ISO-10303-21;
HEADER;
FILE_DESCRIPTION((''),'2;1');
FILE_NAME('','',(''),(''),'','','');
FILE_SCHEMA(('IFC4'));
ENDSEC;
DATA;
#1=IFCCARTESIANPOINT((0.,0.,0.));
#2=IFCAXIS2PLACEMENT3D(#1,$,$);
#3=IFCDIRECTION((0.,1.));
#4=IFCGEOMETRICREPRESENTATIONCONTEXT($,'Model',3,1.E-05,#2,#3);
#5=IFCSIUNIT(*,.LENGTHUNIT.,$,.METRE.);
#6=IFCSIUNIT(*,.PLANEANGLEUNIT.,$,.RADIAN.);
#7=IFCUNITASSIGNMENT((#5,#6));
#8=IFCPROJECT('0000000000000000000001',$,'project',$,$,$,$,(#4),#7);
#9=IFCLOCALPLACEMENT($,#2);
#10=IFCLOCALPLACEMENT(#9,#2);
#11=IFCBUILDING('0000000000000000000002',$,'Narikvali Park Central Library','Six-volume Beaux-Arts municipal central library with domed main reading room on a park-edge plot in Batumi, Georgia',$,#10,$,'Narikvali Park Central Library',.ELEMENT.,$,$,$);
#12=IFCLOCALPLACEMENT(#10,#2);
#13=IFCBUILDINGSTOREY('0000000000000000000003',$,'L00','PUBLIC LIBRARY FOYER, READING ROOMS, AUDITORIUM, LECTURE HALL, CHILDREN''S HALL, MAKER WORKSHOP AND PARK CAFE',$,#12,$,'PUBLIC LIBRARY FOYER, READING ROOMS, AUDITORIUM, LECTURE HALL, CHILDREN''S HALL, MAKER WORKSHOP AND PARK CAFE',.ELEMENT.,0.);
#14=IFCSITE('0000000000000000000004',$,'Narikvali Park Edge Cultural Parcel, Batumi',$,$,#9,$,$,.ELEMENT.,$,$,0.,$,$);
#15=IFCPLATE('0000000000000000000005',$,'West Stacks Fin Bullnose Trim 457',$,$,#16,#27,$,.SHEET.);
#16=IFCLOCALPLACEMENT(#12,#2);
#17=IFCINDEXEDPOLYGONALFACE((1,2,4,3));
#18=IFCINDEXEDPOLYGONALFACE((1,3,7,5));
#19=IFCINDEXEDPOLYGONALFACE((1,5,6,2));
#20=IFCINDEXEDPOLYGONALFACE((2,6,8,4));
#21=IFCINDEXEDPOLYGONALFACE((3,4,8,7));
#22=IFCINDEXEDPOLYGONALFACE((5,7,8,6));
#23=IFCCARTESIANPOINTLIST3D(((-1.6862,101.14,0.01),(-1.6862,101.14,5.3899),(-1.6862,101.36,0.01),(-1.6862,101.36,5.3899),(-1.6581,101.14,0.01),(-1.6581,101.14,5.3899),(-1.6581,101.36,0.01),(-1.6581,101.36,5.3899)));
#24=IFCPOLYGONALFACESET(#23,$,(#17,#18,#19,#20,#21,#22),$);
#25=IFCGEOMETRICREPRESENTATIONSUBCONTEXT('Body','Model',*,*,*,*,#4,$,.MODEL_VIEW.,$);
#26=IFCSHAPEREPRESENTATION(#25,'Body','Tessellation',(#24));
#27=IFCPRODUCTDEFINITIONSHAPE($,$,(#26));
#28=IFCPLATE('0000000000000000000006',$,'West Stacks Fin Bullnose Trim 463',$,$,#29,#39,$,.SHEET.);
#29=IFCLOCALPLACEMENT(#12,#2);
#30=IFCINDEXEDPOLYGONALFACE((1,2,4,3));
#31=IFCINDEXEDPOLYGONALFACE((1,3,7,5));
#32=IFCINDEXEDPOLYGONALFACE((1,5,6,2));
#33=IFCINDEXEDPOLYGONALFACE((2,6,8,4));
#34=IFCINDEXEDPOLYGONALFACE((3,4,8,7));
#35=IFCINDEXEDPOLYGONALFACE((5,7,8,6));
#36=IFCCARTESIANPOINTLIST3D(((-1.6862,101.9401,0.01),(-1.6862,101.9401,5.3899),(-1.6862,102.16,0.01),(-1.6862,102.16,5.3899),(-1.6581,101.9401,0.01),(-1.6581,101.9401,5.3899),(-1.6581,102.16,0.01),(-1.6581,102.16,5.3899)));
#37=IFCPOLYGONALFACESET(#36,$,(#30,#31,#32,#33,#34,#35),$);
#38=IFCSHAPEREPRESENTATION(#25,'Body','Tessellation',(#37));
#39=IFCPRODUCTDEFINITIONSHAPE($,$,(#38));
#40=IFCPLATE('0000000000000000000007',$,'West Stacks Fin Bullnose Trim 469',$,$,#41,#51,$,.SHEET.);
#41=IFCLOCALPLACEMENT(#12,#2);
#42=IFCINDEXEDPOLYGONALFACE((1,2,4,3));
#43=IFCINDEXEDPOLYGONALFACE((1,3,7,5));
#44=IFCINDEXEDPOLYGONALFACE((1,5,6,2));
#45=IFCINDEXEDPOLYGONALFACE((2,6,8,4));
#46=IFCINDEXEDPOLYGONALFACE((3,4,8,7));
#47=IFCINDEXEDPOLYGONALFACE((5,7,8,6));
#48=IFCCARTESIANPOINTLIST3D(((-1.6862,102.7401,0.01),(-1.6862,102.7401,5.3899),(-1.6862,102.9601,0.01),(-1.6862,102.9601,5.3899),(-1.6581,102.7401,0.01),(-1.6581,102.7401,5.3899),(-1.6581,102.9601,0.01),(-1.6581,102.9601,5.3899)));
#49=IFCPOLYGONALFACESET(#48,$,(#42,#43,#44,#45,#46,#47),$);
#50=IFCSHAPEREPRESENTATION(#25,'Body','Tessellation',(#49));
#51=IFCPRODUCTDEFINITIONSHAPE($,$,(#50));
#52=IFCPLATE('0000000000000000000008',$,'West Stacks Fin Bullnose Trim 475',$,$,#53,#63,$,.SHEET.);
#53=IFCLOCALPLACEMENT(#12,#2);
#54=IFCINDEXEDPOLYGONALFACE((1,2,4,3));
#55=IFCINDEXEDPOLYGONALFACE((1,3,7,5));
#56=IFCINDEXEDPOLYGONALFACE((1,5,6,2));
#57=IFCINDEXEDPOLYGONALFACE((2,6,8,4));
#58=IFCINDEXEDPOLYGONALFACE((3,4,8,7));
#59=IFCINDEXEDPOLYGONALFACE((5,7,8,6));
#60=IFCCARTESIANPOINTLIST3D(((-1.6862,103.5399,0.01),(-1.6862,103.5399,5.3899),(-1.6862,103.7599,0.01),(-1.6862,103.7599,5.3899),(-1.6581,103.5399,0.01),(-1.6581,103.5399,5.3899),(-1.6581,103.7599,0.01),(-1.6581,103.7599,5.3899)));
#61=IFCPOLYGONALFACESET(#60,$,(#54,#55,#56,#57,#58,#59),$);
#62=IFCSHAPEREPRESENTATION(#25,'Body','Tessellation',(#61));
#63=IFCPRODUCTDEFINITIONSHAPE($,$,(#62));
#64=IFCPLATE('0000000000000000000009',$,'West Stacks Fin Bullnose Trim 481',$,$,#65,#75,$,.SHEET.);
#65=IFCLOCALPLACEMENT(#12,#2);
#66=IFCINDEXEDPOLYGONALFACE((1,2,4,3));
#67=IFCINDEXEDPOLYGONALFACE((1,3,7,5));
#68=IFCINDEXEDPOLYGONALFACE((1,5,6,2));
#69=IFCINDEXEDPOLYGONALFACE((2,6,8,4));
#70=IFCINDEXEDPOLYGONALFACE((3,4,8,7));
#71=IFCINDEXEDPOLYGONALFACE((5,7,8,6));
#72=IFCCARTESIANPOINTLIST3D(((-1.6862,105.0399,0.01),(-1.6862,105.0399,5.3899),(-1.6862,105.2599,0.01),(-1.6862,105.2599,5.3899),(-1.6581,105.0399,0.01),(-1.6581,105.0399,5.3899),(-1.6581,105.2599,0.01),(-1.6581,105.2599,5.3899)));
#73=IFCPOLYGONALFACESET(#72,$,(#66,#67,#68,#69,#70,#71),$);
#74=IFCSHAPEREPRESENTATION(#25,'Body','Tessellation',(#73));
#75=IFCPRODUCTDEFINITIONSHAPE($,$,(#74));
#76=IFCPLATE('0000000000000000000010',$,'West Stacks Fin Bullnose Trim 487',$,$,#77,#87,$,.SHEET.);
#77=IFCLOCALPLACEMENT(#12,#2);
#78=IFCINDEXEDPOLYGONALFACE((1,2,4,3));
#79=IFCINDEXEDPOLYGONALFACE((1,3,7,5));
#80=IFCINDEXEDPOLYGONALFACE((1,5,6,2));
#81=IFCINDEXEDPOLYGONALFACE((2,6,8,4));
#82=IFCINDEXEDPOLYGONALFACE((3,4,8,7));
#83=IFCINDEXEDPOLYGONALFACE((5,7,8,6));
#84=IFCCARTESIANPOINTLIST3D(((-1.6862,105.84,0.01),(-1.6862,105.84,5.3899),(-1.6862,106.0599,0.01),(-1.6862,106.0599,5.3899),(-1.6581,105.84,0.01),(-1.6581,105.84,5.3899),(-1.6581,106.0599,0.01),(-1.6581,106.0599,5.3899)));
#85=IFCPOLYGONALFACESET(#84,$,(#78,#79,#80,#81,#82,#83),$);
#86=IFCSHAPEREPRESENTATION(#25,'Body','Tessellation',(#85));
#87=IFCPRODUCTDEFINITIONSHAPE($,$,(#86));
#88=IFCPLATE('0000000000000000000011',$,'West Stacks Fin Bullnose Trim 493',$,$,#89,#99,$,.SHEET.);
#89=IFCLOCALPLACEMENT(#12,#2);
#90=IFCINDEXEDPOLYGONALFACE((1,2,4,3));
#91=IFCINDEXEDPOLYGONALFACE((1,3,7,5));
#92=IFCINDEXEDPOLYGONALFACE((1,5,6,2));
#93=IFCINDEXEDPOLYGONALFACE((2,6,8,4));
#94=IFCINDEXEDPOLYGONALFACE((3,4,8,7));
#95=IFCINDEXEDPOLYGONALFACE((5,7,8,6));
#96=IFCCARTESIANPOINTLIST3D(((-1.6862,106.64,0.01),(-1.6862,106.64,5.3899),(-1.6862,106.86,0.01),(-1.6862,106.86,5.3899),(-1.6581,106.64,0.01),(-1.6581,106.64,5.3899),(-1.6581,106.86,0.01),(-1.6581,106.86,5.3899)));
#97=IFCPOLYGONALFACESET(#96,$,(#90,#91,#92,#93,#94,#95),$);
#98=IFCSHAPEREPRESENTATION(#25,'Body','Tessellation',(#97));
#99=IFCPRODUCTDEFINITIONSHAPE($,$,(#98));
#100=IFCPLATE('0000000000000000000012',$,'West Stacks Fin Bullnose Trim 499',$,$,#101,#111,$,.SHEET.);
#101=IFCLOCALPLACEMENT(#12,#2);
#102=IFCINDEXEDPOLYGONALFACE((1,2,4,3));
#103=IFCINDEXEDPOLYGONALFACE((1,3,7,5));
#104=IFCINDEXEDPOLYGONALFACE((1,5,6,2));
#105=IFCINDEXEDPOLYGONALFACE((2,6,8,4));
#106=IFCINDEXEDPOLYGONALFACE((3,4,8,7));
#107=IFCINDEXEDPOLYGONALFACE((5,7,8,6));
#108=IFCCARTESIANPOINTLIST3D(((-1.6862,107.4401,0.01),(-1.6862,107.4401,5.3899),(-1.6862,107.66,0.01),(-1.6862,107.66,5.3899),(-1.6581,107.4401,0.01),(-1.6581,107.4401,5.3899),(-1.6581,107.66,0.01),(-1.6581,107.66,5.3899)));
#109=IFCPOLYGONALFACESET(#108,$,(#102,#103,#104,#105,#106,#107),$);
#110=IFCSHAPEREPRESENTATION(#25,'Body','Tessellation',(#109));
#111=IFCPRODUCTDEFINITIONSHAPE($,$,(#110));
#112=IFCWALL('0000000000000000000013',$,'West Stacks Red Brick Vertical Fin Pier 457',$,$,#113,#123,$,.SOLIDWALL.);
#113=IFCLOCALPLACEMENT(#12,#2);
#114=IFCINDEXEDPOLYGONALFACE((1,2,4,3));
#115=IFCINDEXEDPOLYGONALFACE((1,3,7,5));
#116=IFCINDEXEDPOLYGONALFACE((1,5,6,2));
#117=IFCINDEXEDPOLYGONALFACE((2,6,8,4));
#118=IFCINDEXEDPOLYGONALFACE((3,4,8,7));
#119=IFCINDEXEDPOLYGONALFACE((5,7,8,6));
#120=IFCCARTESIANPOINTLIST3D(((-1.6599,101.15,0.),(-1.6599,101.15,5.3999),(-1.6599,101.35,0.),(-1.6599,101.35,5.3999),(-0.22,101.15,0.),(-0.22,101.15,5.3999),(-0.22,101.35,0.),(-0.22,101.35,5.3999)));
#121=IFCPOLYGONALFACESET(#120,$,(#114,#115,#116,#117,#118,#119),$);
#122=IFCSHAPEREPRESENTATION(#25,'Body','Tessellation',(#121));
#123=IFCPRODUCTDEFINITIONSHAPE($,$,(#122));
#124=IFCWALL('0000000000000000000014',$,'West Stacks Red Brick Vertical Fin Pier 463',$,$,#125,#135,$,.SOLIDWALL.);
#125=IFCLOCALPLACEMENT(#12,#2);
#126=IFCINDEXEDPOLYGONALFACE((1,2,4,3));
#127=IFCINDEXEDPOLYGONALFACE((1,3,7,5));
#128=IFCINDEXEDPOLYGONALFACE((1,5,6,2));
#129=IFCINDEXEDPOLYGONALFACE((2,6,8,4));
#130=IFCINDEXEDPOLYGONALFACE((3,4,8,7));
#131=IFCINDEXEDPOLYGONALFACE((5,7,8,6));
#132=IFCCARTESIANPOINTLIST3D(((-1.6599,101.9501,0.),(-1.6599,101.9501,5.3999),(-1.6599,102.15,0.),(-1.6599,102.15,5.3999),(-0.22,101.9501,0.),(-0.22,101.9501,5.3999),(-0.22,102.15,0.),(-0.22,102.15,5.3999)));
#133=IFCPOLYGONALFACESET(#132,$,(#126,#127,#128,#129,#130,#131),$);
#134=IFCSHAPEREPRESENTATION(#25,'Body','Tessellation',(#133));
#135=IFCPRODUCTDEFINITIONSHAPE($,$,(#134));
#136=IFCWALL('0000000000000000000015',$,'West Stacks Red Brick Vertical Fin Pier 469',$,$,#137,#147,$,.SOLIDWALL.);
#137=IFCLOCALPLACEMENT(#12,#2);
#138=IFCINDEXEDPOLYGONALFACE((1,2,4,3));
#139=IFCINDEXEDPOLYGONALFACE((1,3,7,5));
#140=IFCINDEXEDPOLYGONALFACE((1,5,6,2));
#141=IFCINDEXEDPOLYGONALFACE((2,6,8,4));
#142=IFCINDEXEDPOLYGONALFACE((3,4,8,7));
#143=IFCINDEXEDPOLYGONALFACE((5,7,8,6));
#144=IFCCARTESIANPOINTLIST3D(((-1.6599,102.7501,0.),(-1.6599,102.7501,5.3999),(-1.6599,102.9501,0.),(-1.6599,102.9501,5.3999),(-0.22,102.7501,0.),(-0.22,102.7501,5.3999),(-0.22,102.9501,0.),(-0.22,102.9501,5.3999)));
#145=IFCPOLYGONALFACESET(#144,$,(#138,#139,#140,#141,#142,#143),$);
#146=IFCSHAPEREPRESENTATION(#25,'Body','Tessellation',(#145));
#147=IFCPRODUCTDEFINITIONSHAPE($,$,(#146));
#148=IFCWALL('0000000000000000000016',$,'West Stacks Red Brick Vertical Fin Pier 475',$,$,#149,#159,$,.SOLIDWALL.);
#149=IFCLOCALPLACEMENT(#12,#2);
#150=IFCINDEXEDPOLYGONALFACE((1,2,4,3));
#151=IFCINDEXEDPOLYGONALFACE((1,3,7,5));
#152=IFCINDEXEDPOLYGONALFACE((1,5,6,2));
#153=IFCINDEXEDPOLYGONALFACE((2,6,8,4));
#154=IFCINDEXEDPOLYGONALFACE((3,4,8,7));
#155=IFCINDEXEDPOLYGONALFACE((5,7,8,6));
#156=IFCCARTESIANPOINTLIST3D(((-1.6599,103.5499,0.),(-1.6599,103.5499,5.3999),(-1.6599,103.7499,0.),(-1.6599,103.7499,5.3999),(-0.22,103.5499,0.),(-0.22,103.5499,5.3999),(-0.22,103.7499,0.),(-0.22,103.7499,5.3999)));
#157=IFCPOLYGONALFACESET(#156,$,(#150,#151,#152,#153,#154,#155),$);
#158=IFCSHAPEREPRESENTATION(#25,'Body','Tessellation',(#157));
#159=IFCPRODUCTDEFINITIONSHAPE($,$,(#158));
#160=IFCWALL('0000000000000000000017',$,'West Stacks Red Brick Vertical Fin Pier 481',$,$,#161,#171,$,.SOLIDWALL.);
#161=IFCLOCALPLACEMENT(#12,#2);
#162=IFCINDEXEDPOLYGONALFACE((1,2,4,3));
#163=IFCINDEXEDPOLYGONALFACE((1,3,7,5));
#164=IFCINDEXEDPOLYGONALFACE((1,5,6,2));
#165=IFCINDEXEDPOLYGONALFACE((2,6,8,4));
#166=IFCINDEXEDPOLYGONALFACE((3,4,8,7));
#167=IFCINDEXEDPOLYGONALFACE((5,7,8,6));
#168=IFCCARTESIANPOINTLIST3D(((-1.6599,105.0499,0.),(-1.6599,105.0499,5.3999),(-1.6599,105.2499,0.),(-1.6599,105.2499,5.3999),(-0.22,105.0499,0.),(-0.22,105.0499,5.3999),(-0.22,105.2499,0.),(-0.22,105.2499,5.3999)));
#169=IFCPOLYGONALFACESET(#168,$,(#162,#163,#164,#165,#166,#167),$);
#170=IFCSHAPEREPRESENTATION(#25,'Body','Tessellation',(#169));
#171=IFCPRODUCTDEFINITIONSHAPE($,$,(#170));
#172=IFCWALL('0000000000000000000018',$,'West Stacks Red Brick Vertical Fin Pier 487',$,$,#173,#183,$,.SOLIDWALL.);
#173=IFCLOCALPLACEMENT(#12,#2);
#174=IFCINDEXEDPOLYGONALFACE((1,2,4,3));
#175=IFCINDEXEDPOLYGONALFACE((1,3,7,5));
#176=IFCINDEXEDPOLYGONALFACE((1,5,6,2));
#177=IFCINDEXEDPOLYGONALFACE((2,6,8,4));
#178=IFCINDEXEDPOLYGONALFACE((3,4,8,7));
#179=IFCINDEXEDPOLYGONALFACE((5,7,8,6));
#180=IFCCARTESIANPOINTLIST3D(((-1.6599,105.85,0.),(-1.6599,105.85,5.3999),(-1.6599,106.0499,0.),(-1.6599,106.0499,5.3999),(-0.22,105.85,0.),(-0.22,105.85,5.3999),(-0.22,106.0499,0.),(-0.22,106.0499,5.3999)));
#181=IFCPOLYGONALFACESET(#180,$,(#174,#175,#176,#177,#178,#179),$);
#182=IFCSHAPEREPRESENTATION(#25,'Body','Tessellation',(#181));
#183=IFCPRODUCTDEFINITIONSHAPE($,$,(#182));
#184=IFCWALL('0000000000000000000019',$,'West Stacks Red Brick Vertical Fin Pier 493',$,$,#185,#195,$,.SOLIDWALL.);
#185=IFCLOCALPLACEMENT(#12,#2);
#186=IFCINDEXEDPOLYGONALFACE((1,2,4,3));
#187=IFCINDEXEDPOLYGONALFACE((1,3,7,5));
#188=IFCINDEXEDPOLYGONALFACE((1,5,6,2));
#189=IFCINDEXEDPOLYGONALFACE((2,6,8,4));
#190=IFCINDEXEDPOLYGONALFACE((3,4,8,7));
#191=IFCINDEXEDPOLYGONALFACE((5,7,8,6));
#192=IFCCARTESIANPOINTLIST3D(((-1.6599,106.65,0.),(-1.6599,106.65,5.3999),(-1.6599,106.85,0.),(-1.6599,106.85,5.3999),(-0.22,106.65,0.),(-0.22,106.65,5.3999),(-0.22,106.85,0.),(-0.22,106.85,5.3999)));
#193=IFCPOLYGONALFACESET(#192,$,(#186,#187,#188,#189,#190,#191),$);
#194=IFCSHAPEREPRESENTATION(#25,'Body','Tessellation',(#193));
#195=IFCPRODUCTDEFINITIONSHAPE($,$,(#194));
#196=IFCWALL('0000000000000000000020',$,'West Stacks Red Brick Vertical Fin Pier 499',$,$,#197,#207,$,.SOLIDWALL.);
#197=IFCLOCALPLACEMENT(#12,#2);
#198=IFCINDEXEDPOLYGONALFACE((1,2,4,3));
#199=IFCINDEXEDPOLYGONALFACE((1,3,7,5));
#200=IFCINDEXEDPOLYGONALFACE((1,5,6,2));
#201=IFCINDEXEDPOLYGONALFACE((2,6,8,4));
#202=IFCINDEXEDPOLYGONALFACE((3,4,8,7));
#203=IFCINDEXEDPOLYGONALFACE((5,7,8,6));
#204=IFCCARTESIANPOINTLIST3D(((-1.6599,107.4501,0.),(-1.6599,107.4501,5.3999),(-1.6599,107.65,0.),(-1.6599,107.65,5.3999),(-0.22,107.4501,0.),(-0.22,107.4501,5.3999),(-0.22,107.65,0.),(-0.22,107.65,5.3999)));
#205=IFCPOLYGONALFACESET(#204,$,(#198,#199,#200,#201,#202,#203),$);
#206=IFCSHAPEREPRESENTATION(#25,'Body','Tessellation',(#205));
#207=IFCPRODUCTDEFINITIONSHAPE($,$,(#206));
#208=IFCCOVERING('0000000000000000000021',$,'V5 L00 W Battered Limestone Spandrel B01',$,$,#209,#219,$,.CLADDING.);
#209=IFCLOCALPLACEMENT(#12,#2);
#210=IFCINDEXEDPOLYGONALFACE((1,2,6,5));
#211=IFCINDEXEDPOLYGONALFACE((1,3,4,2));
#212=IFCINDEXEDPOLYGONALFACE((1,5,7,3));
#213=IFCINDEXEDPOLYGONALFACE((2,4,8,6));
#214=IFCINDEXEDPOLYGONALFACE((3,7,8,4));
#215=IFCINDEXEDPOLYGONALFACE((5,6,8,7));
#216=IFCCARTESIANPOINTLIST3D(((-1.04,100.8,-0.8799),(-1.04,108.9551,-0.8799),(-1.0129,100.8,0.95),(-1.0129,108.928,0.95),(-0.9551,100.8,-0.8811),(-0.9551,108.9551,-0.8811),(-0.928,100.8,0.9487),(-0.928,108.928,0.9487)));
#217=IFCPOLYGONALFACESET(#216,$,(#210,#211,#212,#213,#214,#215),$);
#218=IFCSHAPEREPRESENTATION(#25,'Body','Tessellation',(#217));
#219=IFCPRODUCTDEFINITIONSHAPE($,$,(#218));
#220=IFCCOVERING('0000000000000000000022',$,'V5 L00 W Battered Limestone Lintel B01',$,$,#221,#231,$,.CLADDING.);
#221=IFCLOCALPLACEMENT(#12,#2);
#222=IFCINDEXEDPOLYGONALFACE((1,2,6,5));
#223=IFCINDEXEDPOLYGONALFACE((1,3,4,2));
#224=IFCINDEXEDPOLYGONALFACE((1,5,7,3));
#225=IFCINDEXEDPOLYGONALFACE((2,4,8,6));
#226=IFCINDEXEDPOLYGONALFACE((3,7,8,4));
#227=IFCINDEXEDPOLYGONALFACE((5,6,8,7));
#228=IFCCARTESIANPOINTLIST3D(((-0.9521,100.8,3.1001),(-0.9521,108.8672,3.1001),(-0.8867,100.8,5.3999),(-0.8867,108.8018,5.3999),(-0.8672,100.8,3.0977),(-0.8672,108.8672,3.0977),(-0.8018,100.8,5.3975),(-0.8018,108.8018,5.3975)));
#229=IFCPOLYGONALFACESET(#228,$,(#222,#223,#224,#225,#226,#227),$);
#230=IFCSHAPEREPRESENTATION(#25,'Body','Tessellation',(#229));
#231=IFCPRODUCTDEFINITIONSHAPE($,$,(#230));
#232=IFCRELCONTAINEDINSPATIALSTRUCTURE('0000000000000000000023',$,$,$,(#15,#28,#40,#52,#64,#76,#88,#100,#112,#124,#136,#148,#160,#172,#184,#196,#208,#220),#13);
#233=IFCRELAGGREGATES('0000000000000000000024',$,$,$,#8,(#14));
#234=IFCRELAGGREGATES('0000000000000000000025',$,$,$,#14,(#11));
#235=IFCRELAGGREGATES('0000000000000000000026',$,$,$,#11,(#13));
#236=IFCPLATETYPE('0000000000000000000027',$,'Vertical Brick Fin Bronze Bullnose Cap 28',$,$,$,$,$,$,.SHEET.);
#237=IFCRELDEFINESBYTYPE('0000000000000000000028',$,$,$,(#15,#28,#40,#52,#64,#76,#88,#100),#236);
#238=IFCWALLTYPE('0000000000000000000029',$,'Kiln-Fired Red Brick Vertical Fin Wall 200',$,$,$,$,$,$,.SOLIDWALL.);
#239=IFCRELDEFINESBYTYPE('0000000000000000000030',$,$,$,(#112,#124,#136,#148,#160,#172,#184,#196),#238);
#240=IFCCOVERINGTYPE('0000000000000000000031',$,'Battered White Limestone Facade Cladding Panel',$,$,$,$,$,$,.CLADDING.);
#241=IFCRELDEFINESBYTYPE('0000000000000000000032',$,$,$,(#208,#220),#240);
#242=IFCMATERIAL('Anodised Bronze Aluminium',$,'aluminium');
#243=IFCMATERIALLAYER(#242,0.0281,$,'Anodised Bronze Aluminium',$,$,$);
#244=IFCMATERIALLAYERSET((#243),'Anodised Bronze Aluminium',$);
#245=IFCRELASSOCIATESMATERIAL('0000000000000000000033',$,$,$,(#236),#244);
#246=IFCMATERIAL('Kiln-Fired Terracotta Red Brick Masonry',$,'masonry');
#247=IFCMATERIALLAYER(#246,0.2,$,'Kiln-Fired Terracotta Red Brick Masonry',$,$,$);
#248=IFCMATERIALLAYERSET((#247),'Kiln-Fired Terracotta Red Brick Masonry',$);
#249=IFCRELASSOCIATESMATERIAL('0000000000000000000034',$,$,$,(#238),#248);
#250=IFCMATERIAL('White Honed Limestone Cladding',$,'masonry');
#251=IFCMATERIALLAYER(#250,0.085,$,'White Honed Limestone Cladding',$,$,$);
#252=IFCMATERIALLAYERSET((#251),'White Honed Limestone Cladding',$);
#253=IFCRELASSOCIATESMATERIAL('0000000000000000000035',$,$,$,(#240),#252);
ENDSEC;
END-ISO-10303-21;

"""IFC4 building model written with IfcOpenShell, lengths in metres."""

from ifc_helpers import new_model, si_unit, direction, frame, frame_2d, origin, origin_2d, place, context, subcontext, project, spatial, polyline, rectangle, outline, extrude, material, layer, layer_set, type_object, element, save


model = new_model("IFC4")

# Units and contexts
model_context = context("Model", 3, precision=1e-05, world=origin(), true_north=direction((0.0, 1.0)))
body_context = subcontext(model_context, "Body", "Model", "MODEL_VIEW")
ifc_project = project(units=[si_unit("LENGTHUNIT", "METRE"), si_unit("PLANEANGLEUNIT", "RADIAN")], contexts=[model_context])

# Site, building, storey
site_placement = place(None, origin())
site = spatial("IfcSite", under=ifc_project, at=site_placement, Name="Narikvali Park Edge Cultural Parcel, Batumi", CompositionType="ELEMENT", RefElevation=0.0)
building_placement = place(site_placement, origin())
building = spatial("IfcBuilding", under=site, at=building_placement, Name="Narikvali Park Central Library", Description="Six-volume Beaux-Arts municipal central library with domed main reading room on a park-edge plot in Batumi, Georgia", LongName="Narikvali Park Central Library", CompositionType="ELEMENT")
storey_placement = place(building_placement, origin())
storey = spatial("IfcBuildingStorey", under=building, at=storey_placement, Name="L00", Description="PUBLIC LIBRARY FOYER, READING ROOMS, AUDITORIUM, LECTURE HALL, CHILDREN'S HALL, MAKER WORKSHOP AND PARK CAFE", LongName="PUBLIC LIBRARY FOYER, READING ROOMS, AUDITORIUM, LECTURE HALL, CHILDREN'S HALL, MAKER WORKSHOP AND PARK CAFE", CompositionType="ELEMENT", Elevation=0.0)

# Plates
ifc_material_1 = material(Name="Anodised Bronze Aluminium", Category="aluminium")
ifc_layer_1 = layer(ifc_material_1, 0.0281, Name="Anodised Bronze Aluminium")
ifc_layer_set_1 = layer_set([ifc_layer_1], Name="Anodised Bronze Aluminium")
plate_type = type_object("IfcPlateType", Name="Vertical Brick Fin Bronze Bullnose Cap 28", PredefinedType="SHEET", material=ifc_layer_set_1)
for number, where, z_axis, x_axis, name in (
    (1, (-1.6721, 101.25, 0.01), (0.0, 0.0, 1.0), (1.0, 0.0, 0.0), "West Stacks Fin Bullnose Trim 457"),
    (2, (-1.6721, 102.05, 0.01), (0.0, 0.0, 1.0), (1.0, 0.0, 0.0), "West Stacks Fin Bullnose Trim 463"),
    (3, (-1.6721, 102.8501, 0.01), (0.0, 0.0, 1.0), (1.0, 0.0, 0.0), "West Stacks Fin Bullnose Trim 469"),
    (4, (-1.6721, 103.6499, 0.01), (0.0, 0.0, 1.0), (1.0, 0.0, 0.0), "West Stacks Fin Bullnose Trim 475"),
    (5, (-1.6721, 105.1499, 0.01), (0.0, 0.0, 1.0), (1.0, 0.0, 0.0), "West Stacks Fin Bullnose Trim 481"),
    (6, (-1.6721, 105.95, 0.01), (0.0, 0.0, 1.0), (1.0, 0.0, 0.0), "West Stacks Fin Bullnose Trim 487"),
    (7, (-1.6721, 106.75, 0.01), (0.0, 0.0, 1.0), (1.0, 0.0, 0.0), "West Stacks Fin Bullnose Trim 493"),
    (8, (-1.6721, 107.55, 0.01), (0.0, 0.0, 1.0), (1.0, 0.0, 0.0), "West Stacks Fin Bullnose Trim 499"),
):
    element("IfcPlate", number, at=place(storey_placement, frame(where, z_axis=z_axis, x_axis=x_axis)), inside=storey, type_object=plate_type, Name=name, PredefinedType="SHEET", context=body_context, shape_type="SweptSolid", body=[
        extrude(rectangle(XDim=0.0281, YDim=0.22, at=origin_2d()), origin(), (0.0, 0.0, 1.0), 5.3799),
    ])

# Walls
ifc_material_2 = material(Name="Kiln-Fired Terracotta Red Brick Masonry", Category="masonry")
ifc_layer_2 = layer(ifc_material_2, 0.2, Name="Kiln-Fired Terracotta Red Brick Masonry")
ifc_layer_set_2 = layer_set([ifc_layer_2], Name="Kiln-Fired Terracotta Red Brick Masonry")
wall_type = type_object("IfcWallType", Name="Kiln-Fired Red Brick Vertical Fin Wall 200", PredefinedType="SOLIDWALL", material=ifc_layer_set_2)
for number, where, z_axis, x_axis, name in (
    (9, (-1.6599, 101.25, 0.0), (0.0, 0.0, 1.0), (1.0, 0.0, 0.0), "West Stacks Red Brick Vertical Fin Pier 457"),
    (10, (-1.6599, 102.05, 0.0), (0.0, 0.0, 1.0), (1.0, 0.0, 0.0), "West Stacks Red Brick Vertical Fin Pier 463"),
    (11, (-1.6599, 102.8501, 0.0), (0.0, 0.0, 1.0), (1.0, 0.0, 0.0), "West Stacks Red Brick Vertical Fin Pier 469"),
    (12, (-1.6599, 103.6499, 0.0), (0.0, 0.0, 1.0), (1.0, 0.0, 0.0), "West Stacks Red Brick Vertical Fin Pier 475"),
    (13, (-1.6599, 105.1499, 0.0), (0.0, 0.0, 1.0), (1.0, 0.0, 0.0), "West Stacks Red Brick Vertical Fin Pier 481"),
    (14, (-1.6599, 105.95, 0.0), (0.0, 0.0, 1.0), (1.0, 0.0, 0.0), "West Stacks Red Brick Vertical Fin Pier 487"),
    (15, (-1.6599, 106.75, 0.0), (0.0, 0.0, 1.0), (1.0, 0.0, 0.0), "West Stacks Red Brick Vertical Fin Pier 493"),
    (16, (-1.6599, 107.55, 0.0), (0.0, 0.0, 1.0), (1.0, 0.0, 0.0), "West Stacks Red Brick Vertical Fin Pier 499"),
):
    element("IfcWall", number, at=place(storey_placement, frame(where, z_axis=z_axis, x_axis=x_axis)), inside=storey, type_object=wall_type, Name=name, PredefinedType="SOLIDWALL", context=body_context, shape_type="SweptSolid", body=[
        extrude(rectangle(XDim=1.4399, YDim=0.2, at=frame_2d((0.72, 0.0))), origin(), (0.0, 0.0, 1.0), 5.3999),
    ])

# Coverings
ifc_material_3 = material(Name="White Honed Limestone Cladding", Category="masonry")
ifc_layer_3 = layer(ifc_material_3, 0.085, Name="White Honed Limestone Cladding")
ifc_layer_set_3 = layer_set([ifc_layer_3], Name="White Honed Limestone Cladding")
covering_type = type_object("IfcCoveringType", Name="Battered White Limestone Facade Cladding Panel", PredefinedType="CLADDING", material=ifc_layer_set_3)
covering_1_placement = place(storey_placement, frame((-1.04, 108.9551, -0.8799), z_axis=(-0.99989, 0.0, 0.014808), x_axis=(0.0, -1.0, 0.0)))
element("IfcCovering", 17, at=covering_1_placement, inside=storey, type_object=covering_type, Name="V5 L00 W Battered Limestone Spandrel B01", PredefinedType="CLADDING", context=body_context, shape_type="SweptSolid", body=[
    extrude(outline(polyline([(0.0, 0.0), (8.155, 0.0), (8.155, 1.83), (0.0271, 1.83), (0.0, 0.0)])), origin(), (0.0, 0.0, -1.0), 0.085),
])
covering_2_placement = place(storey_placement, frame((-0.9521, 108.8672, 3.1001), z_axis=(-0.999596, 0.0, 0.028439), x_axis=(0.0, -1.0, 0.0)))
element("IfcCovering", 18, at=covering_2_placement, inside=storey, type_object=covering_type, Name="V5 L00 W Battered Limestone Lintel B01", PredefinedType="CLADDING", context=body_context, shape_type="SweptSolid", body=[
    extrude(outline(polyline([(0.0, 0.0), (8.0671, 0.0), (8.0671, 2.3007), (0.0654, 2.3007), (0.0, 0.0)])), origin(), (0.0, 0.0, -1.0), 0.085),
])

save(model, "model.ifc")
